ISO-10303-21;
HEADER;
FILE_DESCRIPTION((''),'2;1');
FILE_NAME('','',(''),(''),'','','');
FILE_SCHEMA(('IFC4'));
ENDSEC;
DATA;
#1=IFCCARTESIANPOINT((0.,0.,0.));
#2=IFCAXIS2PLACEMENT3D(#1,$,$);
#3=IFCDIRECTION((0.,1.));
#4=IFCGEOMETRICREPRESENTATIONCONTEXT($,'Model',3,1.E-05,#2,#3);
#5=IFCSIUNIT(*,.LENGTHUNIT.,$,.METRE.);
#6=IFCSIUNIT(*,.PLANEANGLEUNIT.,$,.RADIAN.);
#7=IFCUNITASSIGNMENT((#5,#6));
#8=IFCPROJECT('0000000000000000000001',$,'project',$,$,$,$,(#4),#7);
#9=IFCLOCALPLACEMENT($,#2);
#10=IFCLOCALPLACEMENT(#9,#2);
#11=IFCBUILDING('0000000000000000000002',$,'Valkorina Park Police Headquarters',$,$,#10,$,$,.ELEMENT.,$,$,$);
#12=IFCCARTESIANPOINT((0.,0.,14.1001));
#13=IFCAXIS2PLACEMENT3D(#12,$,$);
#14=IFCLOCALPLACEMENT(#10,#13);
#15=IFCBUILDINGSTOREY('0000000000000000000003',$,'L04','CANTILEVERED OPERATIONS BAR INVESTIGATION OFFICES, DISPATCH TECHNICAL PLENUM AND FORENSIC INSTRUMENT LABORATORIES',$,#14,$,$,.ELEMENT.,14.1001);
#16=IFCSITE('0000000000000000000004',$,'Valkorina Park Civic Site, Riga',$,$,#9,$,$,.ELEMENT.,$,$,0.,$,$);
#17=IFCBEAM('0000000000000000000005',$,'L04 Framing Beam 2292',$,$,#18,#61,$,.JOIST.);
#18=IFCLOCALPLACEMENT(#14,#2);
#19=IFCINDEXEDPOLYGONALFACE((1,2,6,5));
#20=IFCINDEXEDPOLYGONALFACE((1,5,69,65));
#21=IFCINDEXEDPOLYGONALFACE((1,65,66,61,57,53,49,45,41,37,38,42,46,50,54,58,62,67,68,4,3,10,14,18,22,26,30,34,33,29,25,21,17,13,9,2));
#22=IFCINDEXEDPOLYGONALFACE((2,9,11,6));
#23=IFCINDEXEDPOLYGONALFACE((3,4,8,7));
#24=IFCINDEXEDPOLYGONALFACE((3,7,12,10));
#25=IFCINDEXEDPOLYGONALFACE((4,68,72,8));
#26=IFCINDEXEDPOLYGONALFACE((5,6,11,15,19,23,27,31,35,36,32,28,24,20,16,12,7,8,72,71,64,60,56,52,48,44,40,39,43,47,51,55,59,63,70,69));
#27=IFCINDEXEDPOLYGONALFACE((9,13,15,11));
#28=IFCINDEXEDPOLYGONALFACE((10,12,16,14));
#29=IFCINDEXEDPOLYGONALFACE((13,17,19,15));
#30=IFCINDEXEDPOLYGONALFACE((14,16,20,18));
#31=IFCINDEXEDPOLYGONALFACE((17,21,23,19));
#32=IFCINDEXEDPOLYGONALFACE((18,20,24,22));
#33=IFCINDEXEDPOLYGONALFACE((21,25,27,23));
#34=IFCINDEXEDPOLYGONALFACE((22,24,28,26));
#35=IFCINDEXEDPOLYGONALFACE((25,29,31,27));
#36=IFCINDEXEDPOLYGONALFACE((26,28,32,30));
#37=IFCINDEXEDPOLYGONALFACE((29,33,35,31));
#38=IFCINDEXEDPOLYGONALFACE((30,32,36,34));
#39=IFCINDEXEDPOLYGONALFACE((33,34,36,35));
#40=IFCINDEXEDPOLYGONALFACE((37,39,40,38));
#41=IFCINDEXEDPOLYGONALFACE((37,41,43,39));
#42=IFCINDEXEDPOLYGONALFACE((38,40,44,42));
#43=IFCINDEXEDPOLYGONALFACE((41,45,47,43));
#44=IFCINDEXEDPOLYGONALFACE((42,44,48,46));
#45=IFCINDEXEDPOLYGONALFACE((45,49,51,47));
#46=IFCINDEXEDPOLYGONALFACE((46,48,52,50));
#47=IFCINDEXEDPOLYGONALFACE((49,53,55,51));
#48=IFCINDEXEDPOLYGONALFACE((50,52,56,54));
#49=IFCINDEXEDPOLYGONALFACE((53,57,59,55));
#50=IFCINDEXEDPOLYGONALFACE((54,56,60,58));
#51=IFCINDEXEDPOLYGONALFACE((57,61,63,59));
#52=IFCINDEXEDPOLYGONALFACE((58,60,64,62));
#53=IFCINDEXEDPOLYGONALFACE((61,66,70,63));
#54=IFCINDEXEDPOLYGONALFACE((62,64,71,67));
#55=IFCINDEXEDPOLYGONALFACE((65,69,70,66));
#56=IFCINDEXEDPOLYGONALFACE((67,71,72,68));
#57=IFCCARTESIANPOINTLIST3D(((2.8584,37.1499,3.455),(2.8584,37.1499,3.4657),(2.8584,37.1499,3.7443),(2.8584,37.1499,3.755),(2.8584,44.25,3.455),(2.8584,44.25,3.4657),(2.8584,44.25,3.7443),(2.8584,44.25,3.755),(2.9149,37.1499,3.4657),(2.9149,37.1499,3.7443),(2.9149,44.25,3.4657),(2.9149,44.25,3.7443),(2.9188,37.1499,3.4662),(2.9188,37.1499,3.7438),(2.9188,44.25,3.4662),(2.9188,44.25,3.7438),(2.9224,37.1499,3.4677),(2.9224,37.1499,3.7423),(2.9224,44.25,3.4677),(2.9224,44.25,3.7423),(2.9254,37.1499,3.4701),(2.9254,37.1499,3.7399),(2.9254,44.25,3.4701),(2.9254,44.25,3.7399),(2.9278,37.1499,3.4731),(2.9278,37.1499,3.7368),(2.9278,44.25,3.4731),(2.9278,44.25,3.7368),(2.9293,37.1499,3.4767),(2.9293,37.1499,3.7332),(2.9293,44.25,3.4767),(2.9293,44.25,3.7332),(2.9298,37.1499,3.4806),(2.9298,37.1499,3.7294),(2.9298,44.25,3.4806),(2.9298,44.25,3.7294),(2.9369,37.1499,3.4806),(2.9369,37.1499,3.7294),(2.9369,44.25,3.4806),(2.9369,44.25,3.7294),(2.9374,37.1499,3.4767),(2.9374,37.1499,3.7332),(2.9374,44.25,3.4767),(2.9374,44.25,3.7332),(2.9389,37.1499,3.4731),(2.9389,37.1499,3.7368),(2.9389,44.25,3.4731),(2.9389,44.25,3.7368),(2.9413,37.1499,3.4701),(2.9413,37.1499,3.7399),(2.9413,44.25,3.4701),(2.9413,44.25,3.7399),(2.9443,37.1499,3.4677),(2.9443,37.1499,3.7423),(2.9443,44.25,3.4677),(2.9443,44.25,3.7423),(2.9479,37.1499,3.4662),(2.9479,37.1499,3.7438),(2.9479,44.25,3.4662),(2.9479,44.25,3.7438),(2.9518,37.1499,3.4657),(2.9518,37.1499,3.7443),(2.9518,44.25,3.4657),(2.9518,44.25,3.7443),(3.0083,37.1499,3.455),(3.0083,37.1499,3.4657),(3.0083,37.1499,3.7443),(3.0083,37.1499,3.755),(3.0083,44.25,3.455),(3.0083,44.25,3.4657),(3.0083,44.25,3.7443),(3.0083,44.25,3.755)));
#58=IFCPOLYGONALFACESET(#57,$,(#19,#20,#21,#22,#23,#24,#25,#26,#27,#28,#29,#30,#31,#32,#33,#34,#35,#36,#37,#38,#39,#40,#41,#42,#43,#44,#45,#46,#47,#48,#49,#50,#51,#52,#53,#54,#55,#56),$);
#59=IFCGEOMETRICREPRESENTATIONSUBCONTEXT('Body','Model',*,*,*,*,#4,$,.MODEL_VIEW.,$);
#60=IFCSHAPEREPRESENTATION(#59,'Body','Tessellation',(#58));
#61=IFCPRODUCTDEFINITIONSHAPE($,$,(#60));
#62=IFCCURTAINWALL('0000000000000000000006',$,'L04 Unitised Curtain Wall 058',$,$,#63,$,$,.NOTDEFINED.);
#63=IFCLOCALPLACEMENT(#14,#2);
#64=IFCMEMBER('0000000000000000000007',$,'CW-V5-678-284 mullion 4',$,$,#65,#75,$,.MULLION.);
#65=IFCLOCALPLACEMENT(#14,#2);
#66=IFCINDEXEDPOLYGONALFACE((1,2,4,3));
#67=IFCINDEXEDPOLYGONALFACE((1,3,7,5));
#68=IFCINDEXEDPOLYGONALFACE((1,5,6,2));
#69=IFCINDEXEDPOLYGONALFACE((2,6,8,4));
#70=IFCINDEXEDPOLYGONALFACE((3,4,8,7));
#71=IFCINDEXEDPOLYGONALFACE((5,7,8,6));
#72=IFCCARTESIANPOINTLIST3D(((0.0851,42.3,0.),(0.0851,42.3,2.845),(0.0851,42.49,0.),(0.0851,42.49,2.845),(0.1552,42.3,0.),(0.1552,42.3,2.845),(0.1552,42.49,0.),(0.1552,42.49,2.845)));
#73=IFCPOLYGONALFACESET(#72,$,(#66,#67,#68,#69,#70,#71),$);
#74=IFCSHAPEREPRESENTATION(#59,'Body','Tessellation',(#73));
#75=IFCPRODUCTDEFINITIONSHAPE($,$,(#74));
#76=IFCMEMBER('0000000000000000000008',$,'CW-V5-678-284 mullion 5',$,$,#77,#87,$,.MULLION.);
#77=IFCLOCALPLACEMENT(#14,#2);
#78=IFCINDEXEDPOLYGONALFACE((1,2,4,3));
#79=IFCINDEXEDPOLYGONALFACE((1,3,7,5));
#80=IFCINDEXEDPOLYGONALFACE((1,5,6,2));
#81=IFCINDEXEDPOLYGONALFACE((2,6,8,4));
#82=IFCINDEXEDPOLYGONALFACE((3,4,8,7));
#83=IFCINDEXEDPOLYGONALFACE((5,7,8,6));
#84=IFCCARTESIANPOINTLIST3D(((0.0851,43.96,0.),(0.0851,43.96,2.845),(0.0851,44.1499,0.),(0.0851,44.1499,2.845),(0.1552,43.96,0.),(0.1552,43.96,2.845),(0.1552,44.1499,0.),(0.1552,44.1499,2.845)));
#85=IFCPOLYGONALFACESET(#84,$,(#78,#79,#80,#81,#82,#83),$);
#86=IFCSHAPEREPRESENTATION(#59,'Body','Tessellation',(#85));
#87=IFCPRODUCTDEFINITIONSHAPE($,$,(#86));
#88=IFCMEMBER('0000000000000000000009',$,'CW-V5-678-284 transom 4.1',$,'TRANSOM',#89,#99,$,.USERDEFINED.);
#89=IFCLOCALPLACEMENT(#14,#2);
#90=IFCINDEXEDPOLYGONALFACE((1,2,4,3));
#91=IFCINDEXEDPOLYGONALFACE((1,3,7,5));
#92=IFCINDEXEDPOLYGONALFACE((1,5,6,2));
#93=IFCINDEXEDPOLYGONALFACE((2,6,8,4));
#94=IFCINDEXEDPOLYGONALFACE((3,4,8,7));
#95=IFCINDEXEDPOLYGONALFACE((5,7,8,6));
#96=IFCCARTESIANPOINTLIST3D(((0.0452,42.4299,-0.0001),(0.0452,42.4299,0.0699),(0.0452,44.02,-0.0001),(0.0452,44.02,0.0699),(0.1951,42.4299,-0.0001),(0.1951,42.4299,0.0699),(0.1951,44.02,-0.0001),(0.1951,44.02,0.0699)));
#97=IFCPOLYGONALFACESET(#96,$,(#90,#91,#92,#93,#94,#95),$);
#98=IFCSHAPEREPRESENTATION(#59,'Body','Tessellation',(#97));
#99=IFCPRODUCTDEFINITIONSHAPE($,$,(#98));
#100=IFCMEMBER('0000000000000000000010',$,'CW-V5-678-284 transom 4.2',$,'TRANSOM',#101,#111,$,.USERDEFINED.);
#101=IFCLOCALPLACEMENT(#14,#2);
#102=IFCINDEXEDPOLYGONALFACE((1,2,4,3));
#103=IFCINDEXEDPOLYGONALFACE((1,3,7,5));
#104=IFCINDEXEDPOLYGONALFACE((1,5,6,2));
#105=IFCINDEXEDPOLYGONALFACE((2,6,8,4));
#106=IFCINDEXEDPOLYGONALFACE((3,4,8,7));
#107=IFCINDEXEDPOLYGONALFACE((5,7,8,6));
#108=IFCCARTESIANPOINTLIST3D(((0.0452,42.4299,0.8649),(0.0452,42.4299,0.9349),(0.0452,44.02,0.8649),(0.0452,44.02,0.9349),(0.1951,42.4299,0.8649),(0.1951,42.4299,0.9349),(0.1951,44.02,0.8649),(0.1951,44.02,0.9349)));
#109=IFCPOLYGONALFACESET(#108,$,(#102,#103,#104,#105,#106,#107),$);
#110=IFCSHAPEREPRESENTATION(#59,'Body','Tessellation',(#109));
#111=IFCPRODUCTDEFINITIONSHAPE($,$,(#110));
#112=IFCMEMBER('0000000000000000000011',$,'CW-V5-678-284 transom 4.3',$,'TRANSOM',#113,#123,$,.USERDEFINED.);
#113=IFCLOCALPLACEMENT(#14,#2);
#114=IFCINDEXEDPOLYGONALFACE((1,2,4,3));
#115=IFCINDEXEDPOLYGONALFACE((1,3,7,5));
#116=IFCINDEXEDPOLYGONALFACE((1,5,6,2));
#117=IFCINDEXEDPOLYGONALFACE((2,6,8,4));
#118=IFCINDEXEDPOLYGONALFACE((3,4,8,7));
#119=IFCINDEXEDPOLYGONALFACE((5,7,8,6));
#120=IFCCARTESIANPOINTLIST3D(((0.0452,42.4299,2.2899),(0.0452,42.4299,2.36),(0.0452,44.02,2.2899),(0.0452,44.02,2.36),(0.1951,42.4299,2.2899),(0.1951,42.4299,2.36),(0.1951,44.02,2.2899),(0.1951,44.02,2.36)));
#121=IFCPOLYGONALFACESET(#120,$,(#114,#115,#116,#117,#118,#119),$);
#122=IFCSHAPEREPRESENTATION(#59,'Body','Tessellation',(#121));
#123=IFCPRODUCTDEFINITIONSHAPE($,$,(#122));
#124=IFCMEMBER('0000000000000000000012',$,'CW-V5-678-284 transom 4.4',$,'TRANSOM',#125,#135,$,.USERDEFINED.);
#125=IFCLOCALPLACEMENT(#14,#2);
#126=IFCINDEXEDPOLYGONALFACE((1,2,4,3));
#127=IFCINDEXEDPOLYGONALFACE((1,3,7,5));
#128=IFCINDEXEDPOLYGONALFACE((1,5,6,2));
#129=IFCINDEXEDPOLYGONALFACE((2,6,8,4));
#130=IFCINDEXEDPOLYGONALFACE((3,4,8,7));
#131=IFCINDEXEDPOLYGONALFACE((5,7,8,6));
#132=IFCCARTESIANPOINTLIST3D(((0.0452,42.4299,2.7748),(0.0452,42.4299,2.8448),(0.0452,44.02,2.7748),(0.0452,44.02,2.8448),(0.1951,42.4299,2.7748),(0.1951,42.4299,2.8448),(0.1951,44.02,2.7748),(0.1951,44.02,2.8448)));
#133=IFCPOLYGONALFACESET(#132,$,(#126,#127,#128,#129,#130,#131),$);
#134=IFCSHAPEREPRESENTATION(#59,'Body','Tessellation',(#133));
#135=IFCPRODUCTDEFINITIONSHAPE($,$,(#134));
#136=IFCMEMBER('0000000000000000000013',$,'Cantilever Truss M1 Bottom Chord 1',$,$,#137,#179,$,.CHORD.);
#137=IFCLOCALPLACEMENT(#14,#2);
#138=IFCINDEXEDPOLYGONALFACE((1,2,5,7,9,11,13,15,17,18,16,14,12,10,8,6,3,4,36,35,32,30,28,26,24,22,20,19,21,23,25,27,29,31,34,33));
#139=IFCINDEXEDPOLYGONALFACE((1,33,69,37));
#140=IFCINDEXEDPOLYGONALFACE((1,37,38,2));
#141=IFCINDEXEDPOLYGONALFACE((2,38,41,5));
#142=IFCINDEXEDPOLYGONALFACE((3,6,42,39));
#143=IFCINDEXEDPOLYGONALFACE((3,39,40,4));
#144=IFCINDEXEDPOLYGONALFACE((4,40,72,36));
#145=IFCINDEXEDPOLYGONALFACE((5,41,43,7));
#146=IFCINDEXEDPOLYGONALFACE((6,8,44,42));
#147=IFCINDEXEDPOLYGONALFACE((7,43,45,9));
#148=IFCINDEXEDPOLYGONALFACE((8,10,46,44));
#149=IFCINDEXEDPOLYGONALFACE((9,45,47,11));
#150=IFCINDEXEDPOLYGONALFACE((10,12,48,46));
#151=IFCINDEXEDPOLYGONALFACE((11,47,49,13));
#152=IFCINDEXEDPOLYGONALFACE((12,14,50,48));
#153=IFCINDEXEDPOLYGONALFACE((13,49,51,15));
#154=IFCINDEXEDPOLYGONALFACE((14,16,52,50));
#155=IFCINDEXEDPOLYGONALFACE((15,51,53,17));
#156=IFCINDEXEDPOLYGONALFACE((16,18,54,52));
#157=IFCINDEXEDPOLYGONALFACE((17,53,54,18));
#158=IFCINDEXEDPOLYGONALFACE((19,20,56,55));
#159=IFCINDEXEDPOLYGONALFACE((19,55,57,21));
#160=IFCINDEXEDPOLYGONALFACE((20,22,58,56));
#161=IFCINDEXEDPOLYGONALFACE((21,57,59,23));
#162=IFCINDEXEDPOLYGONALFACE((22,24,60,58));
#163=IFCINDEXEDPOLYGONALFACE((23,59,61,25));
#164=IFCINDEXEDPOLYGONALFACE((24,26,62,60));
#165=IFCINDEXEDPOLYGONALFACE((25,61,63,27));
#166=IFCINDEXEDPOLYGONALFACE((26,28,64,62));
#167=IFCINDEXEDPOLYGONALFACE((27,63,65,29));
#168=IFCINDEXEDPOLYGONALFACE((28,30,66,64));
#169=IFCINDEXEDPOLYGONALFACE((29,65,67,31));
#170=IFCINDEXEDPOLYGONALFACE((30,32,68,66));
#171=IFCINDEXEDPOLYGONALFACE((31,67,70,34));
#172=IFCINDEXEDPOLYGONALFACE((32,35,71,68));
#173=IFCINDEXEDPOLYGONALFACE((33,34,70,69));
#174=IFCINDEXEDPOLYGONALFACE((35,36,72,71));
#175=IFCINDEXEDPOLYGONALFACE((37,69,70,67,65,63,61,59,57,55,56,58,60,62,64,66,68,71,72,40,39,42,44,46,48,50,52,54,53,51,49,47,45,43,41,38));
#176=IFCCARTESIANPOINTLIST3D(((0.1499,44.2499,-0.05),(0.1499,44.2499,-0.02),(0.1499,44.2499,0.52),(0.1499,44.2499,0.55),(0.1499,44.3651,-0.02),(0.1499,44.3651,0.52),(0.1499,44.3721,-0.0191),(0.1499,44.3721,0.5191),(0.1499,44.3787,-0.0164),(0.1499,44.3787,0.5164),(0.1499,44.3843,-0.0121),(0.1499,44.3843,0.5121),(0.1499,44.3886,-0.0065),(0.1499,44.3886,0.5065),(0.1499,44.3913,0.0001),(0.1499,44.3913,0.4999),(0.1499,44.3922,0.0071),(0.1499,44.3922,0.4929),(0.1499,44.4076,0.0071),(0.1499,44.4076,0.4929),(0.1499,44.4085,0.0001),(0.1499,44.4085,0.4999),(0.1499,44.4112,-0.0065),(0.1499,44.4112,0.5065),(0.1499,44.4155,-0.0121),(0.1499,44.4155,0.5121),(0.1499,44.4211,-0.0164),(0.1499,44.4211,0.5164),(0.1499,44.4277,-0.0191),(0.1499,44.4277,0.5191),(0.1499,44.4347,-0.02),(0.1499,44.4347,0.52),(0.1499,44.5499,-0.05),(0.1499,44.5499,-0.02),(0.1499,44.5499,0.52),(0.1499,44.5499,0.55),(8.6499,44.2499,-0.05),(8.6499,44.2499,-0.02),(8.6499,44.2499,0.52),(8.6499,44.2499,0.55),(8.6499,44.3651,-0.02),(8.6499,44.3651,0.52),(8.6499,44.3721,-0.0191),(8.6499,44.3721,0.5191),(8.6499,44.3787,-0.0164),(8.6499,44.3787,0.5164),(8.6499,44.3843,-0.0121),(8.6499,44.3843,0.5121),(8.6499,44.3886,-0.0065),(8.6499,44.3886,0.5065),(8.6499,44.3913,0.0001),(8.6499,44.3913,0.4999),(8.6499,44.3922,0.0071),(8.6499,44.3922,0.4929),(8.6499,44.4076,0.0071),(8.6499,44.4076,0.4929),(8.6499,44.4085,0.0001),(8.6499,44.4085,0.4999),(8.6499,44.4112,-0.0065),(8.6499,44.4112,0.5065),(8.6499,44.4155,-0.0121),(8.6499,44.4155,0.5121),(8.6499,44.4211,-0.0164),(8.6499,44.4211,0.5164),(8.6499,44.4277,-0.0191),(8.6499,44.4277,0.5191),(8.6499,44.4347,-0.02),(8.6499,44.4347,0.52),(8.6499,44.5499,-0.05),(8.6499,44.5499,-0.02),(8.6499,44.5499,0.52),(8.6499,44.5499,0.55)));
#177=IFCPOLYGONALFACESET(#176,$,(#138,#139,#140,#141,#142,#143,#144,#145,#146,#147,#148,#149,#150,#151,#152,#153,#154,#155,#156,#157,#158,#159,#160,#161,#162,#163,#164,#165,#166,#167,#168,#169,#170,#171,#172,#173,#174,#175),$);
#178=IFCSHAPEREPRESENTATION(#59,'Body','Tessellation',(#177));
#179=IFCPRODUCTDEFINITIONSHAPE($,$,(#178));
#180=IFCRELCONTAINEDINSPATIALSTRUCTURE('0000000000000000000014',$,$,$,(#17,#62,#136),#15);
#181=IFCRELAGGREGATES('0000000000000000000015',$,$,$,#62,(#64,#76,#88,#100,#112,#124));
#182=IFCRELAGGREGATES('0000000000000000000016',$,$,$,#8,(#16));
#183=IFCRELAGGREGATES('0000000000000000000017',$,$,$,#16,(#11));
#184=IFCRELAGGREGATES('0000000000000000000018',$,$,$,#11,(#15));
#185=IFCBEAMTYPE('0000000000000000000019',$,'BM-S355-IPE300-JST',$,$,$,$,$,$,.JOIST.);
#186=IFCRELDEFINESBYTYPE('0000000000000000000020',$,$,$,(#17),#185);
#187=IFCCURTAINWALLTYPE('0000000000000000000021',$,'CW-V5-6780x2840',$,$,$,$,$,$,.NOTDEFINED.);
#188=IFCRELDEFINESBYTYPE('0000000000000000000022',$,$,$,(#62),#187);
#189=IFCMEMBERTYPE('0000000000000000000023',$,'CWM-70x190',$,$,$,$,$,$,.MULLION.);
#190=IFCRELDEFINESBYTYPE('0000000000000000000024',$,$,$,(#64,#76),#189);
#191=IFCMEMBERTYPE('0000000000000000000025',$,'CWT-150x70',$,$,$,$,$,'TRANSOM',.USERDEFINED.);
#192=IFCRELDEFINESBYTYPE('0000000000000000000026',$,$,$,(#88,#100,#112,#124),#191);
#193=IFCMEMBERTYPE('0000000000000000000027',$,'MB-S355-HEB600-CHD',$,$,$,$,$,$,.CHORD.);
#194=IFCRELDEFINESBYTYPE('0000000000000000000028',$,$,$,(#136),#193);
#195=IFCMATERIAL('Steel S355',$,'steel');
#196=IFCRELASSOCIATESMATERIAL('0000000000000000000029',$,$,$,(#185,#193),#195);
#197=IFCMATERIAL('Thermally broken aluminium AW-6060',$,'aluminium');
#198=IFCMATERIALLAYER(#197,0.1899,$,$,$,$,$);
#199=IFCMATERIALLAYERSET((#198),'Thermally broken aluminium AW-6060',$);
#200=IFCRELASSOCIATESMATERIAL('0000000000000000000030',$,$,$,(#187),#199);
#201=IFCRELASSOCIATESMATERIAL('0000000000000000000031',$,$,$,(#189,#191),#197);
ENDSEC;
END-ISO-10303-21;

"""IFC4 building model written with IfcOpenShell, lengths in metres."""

from ifc_helpers import new_model, si_unit, direction, frame, origin, origin_2d, place, context, subcontext, project, spatial, rectangle, i_section, extrude, material, layer, layer_set, material_profile, profile_set, type_object, element, aggregate, save


model = new_model("IFC4")

# Units and contexts
model_context = context("Model", 3, precision=1e-05, world=origin(), true_north=direction((0.0, 1.0)))
body_context = subcontext(model_context, "Body", "Model", "MODEL_VIEW")
ifc_project = project(units=[si_unit("LENGTHUNIT", "METRE"), si_unit("PLANEANGLEUNIT", "RADIAN")], contexts=[model_context])

# Site, building, storey
site_placement = place(None, origin())
site = spatial("IfcSite", under=ifc_project, at=site_placement, Name="Valkorina Park Civic Site, Riga", CompositionType="ELEMENT", RefElevation=0.0)
building_placement = place(site_placement, origin())
building = spatial("IfcBuilding", under=site, at=building_placement, Name="Valkorina Park Police Headquarters", CompositionType="ELEMENT")
storey_placement = place(building_placement, frame((0.0, 0.0, 14.1001)))
storey = spatial("IfcBuildingStorey", under=building, at=storey_placement, Name="L04", Description="CANTILEVERED OPERATIONS BAR INVESTIGATION OFFICES, DISPATCH TECHNICAL PLENUM AND FORENSIC INSTRUMENT LABORATORIES", CompositionType="ELEMENT", Elevation=14.1001)

# Beam
ifc_material_1 = material(Name="Steel S355", Category="steel")
ifc_material_profile_1 = material_profile(ifc_material_1, i_section(OverallWidth=0.1499, OverallDepth=0.3, WebThickness=0.0071, FlangeThickness=0.0107, FilletRadius=0.0149, at=origin_2d()), Name="IPE 300")
ifc_profile_set_1 = profile_set([ifc_material_profile_1], Name="Steel S355")
beam_type = type_object("IfcBeamType", Name="BM-S355-IPE300-JST", PredefinedType="JOIST", material=ifc_profile_set_1)
beam_placement = place(storey_placement, frame((2.9333, 37.1499, 3.605), z_axis=(0.0, 1.0, 0.0), x_axis=(-1.0, 0.0, 0.0)))
element("IfcBeam", 1, at=beam_placement, inside=storey, type_object=beam_type, Name="L04 Framing Beam 2292", PredefinedType="JOIST", context=body_context, shape_type="SweptSolid", body=[
    extrude(i_section(OverallWidth=0.1499, OverallDepth=0.3, WebThickness=0.0071, FlangeThickness=0.0107, FilletRadius=0.0149, at=origin_2d()), origin(), (0.0, 0.0, 1.0), 7.1001),
])

# Curtain wall, members
ifc_material_2 = material(Name="Thermally broken aluminium AW-6060", Category="aluminium")
ifc_layer_1 = layer(ifc_material_2, 0.1899)
ifc_layer_set_1 = layer_set([ifc_layer_1], Name="Thermally broken aluminium AW-6060")
curtain_wall_type = type_object("IfcCurtainWallType", Name="CW-V5-6780x2840", PredefinedType="NOTDEFINED", material=ifc_layer_set_1)
curtain_wall_placement = place(storey_placement, origin())
curtain_wall = element("IfcCurtainWall", 2, at=curtain_wall_placement, inside=storey, type_object=curtain_wall_type, Name="L04 Unitised Curtain Wall 058", PredefinedType="NOTDEFINED")
ifc_material_profile_2 = material_profile(ifc_material_2, rectangle(XDim=0.0701, YDim=0.1899, at=origin_2d()), Name="CWM-02 70x190")
ifc_profile_set_2 = profile_set([ifc_material_profile_2], Name="Thermally broken aluminium AW-6060")
member_type_1 = type_object("IfcMemberType", Name="CWM-70x190", PredefinedType="MULLION", material=ifc_profile_set_2)
member_1_placement = place(storey_placement, frame((0.1201, 42.395, 0.0), z_axis=(0.0, 0.0, 1.0), x_axis=(-1.0, 0.0, 0.0)))
member_1 = element("IfcMember", 3, at=member_1_placement, type_object=member_type_1, Name="CW-V5-678-284 mullion 4", PredefinedType="MULLION", context=body_context, shape_type="SweptSolid", body=[
    extrude(rectangle(XDim=0.0701, YDim=0.1899, at=origin_2d()), origin(), (0.0, 0.0, 1.0), 2.845),
])
member_2_placement = place(storey_placement, frame((0.1201, 44.0549, 0.0), z_axis=(0.0, 0.0, 1.0), x_axis=(-1.0, 0.0, 0.0)))
member_2 = element("IfcMember", 4, at=member_2_placement, type_object=member_type_1, Name="CW-V5-678-284 mullion 5", PredefinedType="MULLION", context=body_context, shape_type="SweptSolid", body=[
    extrude(rectangle(XDim=0.0701, YDim=0.1899, at=origin_2d()), origin(), (0.0, 0.0, 1.0), 2.845),
])
ifc_material_profile_3 = material_profile(ifc_material_2, rectangle(XDim=0.1499, YDim=0.0701, at=origin_2d()), Name="CWT-02 150x70")
ifc_profile_set_3 = profile_set([ifc_material_profile_3], Name="Thermally broken aluminium AW-6060")
member_type_2 = type_object("IfcMemberType", Name="CWT-150x70", ElementType="TRANSOM", PredefinedType="USERDEFINED", material=ifc_profile_set_3)
member_3_placement = place(storey_placement, frame((0.1201, 42.4299, 0.0349), z_axis=(0.0, 1.0, 0.0), x_axis=(-1.0, 0.0, 0.0)))
member_3 = element("IfcMember", 5, at=member_3_placement, type_object=member_type_2, Name="CW-V5-678-284 transom 4.1", ObjectType="TRANSOM", PredefinedType="USERDEFINED", context=body_context, shape_type="SweptSolid", body=[
    extrude(rectangle(XDim=0.1499, YDim=0.0701, at=origin_2d()), origin(), (0.0, 0.0, 1.0), 1.5901),
])
member_4_placement = place(storey_placement, frame((0.1201, 42.4299, 0.8999), z_axis=(0.0, 1.0, 0.0), x_axis=(-1.0, 0.0, 0.0)))
member_4 = element("IfcMember", 6, at=member_4_placement, type_object=member_type_2, Name="CW-V5-678-284 transom 4.2", ObjectType="TRANSOM", PredefinedType="USERDEFINED", context=body_context, shape_type="SweptSolid", body=[
    extrude(rectangle(XDim=0.1499, YDim=0.0701, at=origin_2d()), origin(), (0.0, 0.0, 1.0), 1.5901),
])
member_5_placement = place(storey_placement, frame((0.1201, 42.4299, 2.325), z_axis=(0.0, 1.0, 0.0), x_axis=(-1.0, 0.0, 0.0)))
member_5 = element("IfcMember", 7, at=member_5_placement, type_object=member_type_2, Name="CW-V5-678-284 transom 4.3", ObjectType="TRANSOM", PredefinedType="USERDEFINED", context=body_context, shape_type="SweptSolid", body=[
    extrude(rectangle(XDim=0.1499, YDim=0.0701, at=origin_2d()), origin(), (0.0, 0.0, 1.0), 1.5901),
])
member_6_placement = place(storey_placement, frame((0.1201, 42.4299, 2.8098), z_axis=(0.0, 1.0, 0.0), x_axis=(-1.0, 0.0, 0.0)))
member_6 = element("IfcMember", 8, at=member_6_placement, type_object=member_type_2, Name="CW-V5-678-284 transom 4.4", ObjectType="TRANSOM", PredefinedType="USERDEFINED", context=body_context, shape_type="SweptSolid", body=[
    extrude(rectangle(XDim=0.1499, YDim=0.0701, at=origin_2d()), origin(), (0.0, 0.0, 1.0), 1.5901),
])

# Member
ifc_material_profile_4 = material_profile(ifc_material_1, i_section(OverallWidth=0.3, OverallDepth=0.6001, WebThickness=0.0154, FlangeThickness=0.03, FilletRadius=0.0271, at=origin_2d()), Name="HEB 600")
ifc_profile_set_4 = profile_set([ifc_material_profile_4], Name="Steel S355")
member_type_3 = type_object("IfcMemberType", Name="MB-S355-HEB600-CHD", PredefinedType="CHORD", material=ifc_profile_set_4)
for number, where, z_axis, x_axis, name in (
    (9, (0.1499, 44.3999, 0.25), (1.0, 0.0, 0.0), (0.0, 1.0, 0.0), "Cantilever Truss M1 Bottom Chord 1"),
):
    element("IfcMember", number, at=place(storey_placement, frame(where, z_axis=z_axis, x_axis=x_axis)), inside=storey, type_object=member_type_3, Name=name, PredefinedType="CHORD", context=body_context, shape_type="SweptSolid", body=[
        extrude(i_section(OverallWidth=0.3, OverallDepth=0.6001, WebThickness=0.0154, FlangeThickness=0.03, FilletRadius=0.0271, at=origin_2d()), origin(), (0.0, 0.0, 1.0), 8.5),
    ])

aggregate(curtain_wall, [member_1, member_2, member_3, member_4, member_5, member_6])

save(model, "model.ifc")
